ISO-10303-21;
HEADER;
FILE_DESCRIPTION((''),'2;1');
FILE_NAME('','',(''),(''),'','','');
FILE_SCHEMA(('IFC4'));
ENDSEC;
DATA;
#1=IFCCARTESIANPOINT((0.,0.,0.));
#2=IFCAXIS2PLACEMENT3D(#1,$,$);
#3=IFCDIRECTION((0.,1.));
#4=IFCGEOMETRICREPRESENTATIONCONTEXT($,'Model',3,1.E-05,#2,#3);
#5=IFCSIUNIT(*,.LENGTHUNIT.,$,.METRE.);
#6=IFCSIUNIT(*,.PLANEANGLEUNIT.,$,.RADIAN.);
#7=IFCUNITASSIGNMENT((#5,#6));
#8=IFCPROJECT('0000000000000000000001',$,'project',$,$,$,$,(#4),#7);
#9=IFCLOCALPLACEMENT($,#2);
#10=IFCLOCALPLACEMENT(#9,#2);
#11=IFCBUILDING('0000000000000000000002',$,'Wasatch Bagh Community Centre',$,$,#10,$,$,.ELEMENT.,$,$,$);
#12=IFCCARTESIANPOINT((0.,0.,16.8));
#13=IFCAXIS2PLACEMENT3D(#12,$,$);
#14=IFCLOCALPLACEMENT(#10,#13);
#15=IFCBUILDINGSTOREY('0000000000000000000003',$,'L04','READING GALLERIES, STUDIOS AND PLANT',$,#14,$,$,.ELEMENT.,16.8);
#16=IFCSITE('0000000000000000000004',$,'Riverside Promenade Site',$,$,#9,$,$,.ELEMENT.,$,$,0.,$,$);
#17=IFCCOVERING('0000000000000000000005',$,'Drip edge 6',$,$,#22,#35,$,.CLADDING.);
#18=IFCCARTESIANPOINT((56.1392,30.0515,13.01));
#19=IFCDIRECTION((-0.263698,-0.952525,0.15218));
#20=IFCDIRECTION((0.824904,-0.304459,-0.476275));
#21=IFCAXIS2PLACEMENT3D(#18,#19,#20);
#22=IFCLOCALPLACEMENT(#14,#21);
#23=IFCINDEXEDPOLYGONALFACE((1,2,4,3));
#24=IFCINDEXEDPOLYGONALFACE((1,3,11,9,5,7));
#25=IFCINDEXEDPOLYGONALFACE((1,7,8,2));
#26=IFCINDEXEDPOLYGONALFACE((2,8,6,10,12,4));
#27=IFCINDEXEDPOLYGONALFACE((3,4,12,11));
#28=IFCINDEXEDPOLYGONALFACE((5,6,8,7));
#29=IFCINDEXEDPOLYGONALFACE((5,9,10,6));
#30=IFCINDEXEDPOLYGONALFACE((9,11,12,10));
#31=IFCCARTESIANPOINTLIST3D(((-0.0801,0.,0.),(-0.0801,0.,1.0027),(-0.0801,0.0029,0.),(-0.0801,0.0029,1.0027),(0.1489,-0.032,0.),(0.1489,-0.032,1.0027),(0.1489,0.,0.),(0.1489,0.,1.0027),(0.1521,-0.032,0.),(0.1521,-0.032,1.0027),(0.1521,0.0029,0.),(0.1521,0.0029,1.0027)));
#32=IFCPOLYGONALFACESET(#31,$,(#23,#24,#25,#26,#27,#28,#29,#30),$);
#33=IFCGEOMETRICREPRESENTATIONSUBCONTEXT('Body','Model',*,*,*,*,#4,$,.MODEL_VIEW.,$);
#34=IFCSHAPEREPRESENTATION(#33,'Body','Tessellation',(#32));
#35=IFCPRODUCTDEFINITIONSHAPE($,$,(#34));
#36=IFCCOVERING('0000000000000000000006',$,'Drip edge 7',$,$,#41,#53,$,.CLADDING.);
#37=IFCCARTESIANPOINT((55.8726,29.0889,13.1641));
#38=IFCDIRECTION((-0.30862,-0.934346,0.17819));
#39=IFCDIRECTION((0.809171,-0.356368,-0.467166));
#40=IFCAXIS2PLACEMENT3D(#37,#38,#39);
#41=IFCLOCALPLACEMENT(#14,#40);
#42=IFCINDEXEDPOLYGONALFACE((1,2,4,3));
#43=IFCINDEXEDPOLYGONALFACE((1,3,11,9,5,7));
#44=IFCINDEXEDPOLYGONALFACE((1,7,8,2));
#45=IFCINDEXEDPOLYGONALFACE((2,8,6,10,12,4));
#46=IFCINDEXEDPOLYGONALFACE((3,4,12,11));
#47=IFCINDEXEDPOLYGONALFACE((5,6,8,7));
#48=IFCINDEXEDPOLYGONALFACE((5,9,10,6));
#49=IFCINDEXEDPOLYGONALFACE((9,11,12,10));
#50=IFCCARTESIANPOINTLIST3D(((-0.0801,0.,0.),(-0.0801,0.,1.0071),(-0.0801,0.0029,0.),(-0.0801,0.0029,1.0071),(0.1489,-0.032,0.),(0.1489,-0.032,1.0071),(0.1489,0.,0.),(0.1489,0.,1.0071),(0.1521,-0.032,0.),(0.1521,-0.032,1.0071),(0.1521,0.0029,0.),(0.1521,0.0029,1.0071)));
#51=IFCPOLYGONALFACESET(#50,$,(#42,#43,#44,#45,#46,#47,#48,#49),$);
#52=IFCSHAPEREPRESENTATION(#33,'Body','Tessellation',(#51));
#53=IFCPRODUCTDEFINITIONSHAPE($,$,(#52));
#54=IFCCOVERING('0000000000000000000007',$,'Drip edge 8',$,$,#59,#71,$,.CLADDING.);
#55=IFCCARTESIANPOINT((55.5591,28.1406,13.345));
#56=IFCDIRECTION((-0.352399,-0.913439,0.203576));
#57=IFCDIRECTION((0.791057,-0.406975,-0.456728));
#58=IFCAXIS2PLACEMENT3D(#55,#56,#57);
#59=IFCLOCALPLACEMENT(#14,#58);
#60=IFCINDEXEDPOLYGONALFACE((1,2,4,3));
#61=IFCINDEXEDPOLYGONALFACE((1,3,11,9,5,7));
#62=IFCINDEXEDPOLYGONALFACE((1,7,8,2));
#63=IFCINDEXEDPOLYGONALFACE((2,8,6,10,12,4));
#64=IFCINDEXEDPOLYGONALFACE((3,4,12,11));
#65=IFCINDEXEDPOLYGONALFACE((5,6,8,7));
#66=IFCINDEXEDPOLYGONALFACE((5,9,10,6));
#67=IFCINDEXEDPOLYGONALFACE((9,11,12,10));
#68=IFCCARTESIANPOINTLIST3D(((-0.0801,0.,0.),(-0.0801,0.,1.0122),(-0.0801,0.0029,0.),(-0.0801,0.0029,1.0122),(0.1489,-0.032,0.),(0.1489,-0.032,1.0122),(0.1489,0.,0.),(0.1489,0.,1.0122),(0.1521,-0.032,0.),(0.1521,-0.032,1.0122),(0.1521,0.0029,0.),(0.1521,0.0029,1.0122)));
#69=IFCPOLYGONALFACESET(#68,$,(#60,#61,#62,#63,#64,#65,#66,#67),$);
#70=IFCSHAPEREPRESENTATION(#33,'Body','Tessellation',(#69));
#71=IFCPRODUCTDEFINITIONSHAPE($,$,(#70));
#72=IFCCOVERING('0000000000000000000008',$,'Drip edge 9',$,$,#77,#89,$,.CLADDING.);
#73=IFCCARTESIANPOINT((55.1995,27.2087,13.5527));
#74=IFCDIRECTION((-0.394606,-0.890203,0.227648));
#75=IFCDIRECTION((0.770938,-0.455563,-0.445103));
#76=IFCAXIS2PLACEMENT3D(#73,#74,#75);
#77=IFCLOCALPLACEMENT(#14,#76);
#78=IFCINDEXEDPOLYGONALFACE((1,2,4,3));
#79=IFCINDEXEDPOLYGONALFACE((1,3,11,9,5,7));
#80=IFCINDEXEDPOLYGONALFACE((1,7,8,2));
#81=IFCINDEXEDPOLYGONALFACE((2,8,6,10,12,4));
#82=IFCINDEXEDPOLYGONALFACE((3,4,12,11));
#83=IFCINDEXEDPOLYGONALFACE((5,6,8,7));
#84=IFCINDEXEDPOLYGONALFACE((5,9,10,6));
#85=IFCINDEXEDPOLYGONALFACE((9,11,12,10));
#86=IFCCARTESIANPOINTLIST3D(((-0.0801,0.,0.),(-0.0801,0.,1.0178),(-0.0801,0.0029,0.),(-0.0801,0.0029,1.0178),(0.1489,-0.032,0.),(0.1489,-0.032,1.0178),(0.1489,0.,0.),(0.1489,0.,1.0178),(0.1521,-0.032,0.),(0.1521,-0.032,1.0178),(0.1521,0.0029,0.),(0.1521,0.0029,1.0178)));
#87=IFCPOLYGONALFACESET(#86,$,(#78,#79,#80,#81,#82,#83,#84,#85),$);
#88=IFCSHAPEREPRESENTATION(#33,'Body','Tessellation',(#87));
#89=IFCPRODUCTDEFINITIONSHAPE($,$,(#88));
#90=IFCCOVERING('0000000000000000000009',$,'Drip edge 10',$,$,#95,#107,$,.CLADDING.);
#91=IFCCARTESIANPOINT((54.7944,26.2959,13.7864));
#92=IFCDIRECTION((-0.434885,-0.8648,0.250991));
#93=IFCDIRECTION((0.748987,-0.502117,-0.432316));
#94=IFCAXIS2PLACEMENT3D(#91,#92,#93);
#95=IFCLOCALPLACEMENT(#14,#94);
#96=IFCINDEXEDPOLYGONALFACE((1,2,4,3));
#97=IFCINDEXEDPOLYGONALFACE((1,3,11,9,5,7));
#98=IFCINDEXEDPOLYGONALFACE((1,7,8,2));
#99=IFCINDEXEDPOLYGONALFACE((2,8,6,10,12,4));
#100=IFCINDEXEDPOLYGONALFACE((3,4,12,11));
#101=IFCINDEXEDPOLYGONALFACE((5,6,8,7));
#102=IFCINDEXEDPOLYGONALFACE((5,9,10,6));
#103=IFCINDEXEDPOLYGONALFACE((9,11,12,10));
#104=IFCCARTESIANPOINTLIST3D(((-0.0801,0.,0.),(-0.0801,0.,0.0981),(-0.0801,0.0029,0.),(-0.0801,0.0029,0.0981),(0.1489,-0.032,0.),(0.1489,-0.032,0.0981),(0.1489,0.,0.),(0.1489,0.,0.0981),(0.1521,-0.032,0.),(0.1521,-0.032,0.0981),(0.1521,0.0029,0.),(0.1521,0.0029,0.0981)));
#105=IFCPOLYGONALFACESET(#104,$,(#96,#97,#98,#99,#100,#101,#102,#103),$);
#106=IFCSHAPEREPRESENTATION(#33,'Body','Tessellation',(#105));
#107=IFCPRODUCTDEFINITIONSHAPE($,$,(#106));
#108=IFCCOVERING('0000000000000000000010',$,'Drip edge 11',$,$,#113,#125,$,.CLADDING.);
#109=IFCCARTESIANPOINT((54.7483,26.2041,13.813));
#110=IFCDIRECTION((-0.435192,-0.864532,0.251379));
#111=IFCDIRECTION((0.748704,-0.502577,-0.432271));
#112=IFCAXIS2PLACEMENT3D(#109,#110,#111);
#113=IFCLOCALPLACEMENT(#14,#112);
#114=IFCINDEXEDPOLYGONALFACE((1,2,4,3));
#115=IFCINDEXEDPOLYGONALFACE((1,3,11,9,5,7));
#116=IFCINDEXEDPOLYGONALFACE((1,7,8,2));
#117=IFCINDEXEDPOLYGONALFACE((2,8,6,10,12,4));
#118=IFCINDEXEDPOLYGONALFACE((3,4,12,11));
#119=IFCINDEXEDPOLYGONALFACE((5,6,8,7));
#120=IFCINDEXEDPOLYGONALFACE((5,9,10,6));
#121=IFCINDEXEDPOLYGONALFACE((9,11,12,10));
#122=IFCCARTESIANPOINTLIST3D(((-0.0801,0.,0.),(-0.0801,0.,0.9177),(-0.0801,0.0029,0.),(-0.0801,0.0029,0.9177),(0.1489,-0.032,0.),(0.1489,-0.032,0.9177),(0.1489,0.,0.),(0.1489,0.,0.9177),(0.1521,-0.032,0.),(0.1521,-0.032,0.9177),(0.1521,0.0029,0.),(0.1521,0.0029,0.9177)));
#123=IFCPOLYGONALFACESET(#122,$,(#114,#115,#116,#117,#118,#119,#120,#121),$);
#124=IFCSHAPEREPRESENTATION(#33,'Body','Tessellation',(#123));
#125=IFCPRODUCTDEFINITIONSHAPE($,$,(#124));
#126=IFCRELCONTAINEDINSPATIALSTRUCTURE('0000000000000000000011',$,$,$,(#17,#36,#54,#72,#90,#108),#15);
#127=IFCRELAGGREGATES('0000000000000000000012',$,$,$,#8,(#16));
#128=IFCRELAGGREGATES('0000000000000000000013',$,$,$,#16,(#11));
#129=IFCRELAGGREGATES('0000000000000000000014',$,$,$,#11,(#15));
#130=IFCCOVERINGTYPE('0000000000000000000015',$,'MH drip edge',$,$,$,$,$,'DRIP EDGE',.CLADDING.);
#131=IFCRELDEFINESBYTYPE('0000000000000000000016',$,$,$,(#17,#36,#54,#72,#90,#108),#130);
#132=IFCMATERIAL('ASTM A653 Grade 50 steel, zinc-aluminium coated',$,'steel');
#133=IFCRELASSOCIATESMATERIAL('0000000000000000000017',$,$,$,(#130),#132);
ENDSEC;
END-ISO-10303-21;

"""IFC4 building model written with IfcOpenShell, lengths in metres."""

from ifc_helpers import new_model, si_unit, direction, frame, origin, place, context, subcontext, project, spatial, polyline, outline, extrude, material, material_profile, profile_set, type_object, element, save


model = new_model("IFC4")

# Units and contexts
model_context = context("Model", 3, precision=1e-05, world=origin(), true_north=direction((0.0, 1.0)))
body_context = subcontext(model_context, "Body", "Model", "MODEL_VIEW")
ifc_project = project(units=[si_unit("LENGTHUNIT", "METRE"), si_unit("PLANEANGLEUNIT", "RADIAN")], contexts=[model_context])

# Site, building, storey
site_placement = place(None, origin())
site = spatial("IfcSite", under=ifc_project, at=site_placement, Name="Riverside Promenade Site", CompositionType="ELEMENT", RefElevation=0.0)
building_placement = place(site_placement, origin())
building = spatial("IfcBuilding", under=site, at=building_placement, Name="Wasatch Bagh Community Centre", CompositionType="ELEMENT")
storey_placement = place(building_placement, frame((0.0, 0.0, 16.8)))
storey = spatial("IfcBuildingStorey", under=building, at=storey_placement, Name="L04", Description="READING GALLERIES, STUDIOS AND PLANT", CompositionType="ELEMENT", Elevation=16.8)

# Coverings
ifc_material_1 = material(Name="ASTM A653 Grade 50 steel, zinc-aluminium coated", Category="steel")
ifc_material_profile_1 = material_profile(ifc_material_1, outline(polyline([(-0.0801, 0.0029), (0.1521, 0.0029), (0.1521, -0.032), (0.1489, -0.032), (0.1489, 0.0), (-0.0801, 0.0), (-0.0801, 0.0029)])), Name="DRIP EDGE")
ifc_profile_set_1 = profile_set([ifc_material_profile_1], Name="ASTM A653 Grade 50 steel, zinc-aluminium coated")
covering_type_1 = type_object("IfcCoveringType", Name="MH drip edge", ElementType="DRIP EDGE", PredefinedType="CLADDING", material=ifc_profile_set_1)
covering_1_placement = place(storey_placement, frame((56.1392, 30.0515, 13.01), z_axis=(-0.263698, -0.952525, 0.15218), x_axis=(0.824904, -0.304459, -0.476275)))
element("IfcCovering", 1, at=covering_1_placement, inside=storey, type_object=covering_type_1, Name="Drip edge 6", PredefinedType="CLADDING", context=body_context, shape_type="SweptSolid", body=[
    extrude(outline(polyline([(-0.0801, 0.0029), (0.1521, 0.0029), (0.1521, -0.032), (0.1489, -0.032), (0.1489, 0.0), (-0.0801, 0.0), (-0.0801, 0.0029)])), origin(), (0.0, 0.0, 1.0), 1.0027),
])
covering_2_placement = place(storey_placement, frame((55.8726, 29.0889, 13.1641), z_axis=(-0.30862, -0.934346, 0.17819), x_axis=(0.809171, -0.356368, -0.467166)))
element("IfcCovering", 2, at=covering_2_placement, inside=storey, type_object=covering_type_1, Name="Drip edge 7", PredefinedType="CLADDING", context=body_context, shape_type="SweptSolid", body=[
    extrude(outline(polyline([(-0.0801, 0.0029), (0.1521, 0.0029), (0.1521, -0.032), (0.1489, -0.032), (0.1489, 0.0), (-0.0801, 0.0), (-0.0801, 0.0029)])), origin(), (0.0, 0.0, 1.0), 1.0071),
])
covering_3_placement = place(storey_placement, frame((55.5591, 28.1406, 13.345), z_axis=(-0.352399, -0.913439, 0.203576), x_axis=(0.791057, -0.406975, -0.456728)))
element("IfcCovering", 3, at=covering_3_placement, inside=storey, type_object=covering_type_1, Name="Drip edge 8", PredefinedType="CLADDING", context=body_context, shape_type="SweptSolid", body=[
    extrude(outline(polyline([(-0.0801, 0.0029), (0.1521, 0.0029), (0.1521, -0.032), (0.1489, -0.032), (0.1489, 0.0), (-0.0801, 0.0), (-0.0801, 0.0029)])), origin(), (0.0, 0.0, 1.0), 1.0122),
])
covering_4_placement = place(storey_placement, frame((55.1995, 27.2087, 13.5527), z_axis=(-0.394606, -0.890203, 0.227648), x_axis=(0.770938, -0.455563, -0.445103)))
element("IfcCovering", 4, at=covering_4_placement, inside=storey, type_object=covering_type_1, Name="Drip edge 9", PredefinedType="CLADDING", context=body_context, shape_type="SweptSolid", body=[
    extrude(outline(polyline([(-0.0801, 0.0029), (0.1521, 0.0029), (0.1521, -0.032), (0.1489, -0.032), (0.1489, 0.0), (-0.0801, 0.0), (-0.0801, 0.0029)])), origin(), (0.0, 0.0, 1.0), 1.0178),
])
covering_5_placement = place(storey_placement, frame((54.7944, 26.2959, 13.7864), z_axis=(-0.434885, -0.8648, 0.250991), x_axis=(0.748987, -0.502117, -0.432316)))
element("IfcCovering", 5, at=covering_5_placement, inside=storey, type_object=covering_type_1, Name="Drip edge 10", PredefinedType="CLADDING", context=body_context, shape_type="SweptSolid", body=[
    extrude(outline(polyline([(-0.0801, 0.0029), (0.1521, 0.0029), (0.1521, -0.032), (0.1489, -0.032), (0.1489, 0.0), (-0.0801, 0.0), (-0.0801, 0.0029)])), origin(), (0.0, 0.0, 1.0), 0.0981),
])
covering_6_placement = place(storey_placement, frame((54.7483, 26.2041, 13.813), z_axis=(-0.435192, -0.864532, 0.251379), x_axis=(0.748704, -0.502577, -0.432271)))
element("IfcCovering", 6, at=covering_6_placement, inside=storey, type_object=covering_type_1, Name="Drip edge 11", PredefinedType="CLADDING", context=body_context, shape_type="SweptSolid", body=[
    extrude(outline(polyline([(-0.0801, 0.0029), (0.1521, 0.0029), (0.1521, -0.032), (0.1489, -0.032), (0.1489, 0.0), (-0.0801, 0.0), (-0.0801, 0.0029)])), origin(), (0.0, 0.0, 1.0), 0.9177),
])

save(model, "model.ifc")
